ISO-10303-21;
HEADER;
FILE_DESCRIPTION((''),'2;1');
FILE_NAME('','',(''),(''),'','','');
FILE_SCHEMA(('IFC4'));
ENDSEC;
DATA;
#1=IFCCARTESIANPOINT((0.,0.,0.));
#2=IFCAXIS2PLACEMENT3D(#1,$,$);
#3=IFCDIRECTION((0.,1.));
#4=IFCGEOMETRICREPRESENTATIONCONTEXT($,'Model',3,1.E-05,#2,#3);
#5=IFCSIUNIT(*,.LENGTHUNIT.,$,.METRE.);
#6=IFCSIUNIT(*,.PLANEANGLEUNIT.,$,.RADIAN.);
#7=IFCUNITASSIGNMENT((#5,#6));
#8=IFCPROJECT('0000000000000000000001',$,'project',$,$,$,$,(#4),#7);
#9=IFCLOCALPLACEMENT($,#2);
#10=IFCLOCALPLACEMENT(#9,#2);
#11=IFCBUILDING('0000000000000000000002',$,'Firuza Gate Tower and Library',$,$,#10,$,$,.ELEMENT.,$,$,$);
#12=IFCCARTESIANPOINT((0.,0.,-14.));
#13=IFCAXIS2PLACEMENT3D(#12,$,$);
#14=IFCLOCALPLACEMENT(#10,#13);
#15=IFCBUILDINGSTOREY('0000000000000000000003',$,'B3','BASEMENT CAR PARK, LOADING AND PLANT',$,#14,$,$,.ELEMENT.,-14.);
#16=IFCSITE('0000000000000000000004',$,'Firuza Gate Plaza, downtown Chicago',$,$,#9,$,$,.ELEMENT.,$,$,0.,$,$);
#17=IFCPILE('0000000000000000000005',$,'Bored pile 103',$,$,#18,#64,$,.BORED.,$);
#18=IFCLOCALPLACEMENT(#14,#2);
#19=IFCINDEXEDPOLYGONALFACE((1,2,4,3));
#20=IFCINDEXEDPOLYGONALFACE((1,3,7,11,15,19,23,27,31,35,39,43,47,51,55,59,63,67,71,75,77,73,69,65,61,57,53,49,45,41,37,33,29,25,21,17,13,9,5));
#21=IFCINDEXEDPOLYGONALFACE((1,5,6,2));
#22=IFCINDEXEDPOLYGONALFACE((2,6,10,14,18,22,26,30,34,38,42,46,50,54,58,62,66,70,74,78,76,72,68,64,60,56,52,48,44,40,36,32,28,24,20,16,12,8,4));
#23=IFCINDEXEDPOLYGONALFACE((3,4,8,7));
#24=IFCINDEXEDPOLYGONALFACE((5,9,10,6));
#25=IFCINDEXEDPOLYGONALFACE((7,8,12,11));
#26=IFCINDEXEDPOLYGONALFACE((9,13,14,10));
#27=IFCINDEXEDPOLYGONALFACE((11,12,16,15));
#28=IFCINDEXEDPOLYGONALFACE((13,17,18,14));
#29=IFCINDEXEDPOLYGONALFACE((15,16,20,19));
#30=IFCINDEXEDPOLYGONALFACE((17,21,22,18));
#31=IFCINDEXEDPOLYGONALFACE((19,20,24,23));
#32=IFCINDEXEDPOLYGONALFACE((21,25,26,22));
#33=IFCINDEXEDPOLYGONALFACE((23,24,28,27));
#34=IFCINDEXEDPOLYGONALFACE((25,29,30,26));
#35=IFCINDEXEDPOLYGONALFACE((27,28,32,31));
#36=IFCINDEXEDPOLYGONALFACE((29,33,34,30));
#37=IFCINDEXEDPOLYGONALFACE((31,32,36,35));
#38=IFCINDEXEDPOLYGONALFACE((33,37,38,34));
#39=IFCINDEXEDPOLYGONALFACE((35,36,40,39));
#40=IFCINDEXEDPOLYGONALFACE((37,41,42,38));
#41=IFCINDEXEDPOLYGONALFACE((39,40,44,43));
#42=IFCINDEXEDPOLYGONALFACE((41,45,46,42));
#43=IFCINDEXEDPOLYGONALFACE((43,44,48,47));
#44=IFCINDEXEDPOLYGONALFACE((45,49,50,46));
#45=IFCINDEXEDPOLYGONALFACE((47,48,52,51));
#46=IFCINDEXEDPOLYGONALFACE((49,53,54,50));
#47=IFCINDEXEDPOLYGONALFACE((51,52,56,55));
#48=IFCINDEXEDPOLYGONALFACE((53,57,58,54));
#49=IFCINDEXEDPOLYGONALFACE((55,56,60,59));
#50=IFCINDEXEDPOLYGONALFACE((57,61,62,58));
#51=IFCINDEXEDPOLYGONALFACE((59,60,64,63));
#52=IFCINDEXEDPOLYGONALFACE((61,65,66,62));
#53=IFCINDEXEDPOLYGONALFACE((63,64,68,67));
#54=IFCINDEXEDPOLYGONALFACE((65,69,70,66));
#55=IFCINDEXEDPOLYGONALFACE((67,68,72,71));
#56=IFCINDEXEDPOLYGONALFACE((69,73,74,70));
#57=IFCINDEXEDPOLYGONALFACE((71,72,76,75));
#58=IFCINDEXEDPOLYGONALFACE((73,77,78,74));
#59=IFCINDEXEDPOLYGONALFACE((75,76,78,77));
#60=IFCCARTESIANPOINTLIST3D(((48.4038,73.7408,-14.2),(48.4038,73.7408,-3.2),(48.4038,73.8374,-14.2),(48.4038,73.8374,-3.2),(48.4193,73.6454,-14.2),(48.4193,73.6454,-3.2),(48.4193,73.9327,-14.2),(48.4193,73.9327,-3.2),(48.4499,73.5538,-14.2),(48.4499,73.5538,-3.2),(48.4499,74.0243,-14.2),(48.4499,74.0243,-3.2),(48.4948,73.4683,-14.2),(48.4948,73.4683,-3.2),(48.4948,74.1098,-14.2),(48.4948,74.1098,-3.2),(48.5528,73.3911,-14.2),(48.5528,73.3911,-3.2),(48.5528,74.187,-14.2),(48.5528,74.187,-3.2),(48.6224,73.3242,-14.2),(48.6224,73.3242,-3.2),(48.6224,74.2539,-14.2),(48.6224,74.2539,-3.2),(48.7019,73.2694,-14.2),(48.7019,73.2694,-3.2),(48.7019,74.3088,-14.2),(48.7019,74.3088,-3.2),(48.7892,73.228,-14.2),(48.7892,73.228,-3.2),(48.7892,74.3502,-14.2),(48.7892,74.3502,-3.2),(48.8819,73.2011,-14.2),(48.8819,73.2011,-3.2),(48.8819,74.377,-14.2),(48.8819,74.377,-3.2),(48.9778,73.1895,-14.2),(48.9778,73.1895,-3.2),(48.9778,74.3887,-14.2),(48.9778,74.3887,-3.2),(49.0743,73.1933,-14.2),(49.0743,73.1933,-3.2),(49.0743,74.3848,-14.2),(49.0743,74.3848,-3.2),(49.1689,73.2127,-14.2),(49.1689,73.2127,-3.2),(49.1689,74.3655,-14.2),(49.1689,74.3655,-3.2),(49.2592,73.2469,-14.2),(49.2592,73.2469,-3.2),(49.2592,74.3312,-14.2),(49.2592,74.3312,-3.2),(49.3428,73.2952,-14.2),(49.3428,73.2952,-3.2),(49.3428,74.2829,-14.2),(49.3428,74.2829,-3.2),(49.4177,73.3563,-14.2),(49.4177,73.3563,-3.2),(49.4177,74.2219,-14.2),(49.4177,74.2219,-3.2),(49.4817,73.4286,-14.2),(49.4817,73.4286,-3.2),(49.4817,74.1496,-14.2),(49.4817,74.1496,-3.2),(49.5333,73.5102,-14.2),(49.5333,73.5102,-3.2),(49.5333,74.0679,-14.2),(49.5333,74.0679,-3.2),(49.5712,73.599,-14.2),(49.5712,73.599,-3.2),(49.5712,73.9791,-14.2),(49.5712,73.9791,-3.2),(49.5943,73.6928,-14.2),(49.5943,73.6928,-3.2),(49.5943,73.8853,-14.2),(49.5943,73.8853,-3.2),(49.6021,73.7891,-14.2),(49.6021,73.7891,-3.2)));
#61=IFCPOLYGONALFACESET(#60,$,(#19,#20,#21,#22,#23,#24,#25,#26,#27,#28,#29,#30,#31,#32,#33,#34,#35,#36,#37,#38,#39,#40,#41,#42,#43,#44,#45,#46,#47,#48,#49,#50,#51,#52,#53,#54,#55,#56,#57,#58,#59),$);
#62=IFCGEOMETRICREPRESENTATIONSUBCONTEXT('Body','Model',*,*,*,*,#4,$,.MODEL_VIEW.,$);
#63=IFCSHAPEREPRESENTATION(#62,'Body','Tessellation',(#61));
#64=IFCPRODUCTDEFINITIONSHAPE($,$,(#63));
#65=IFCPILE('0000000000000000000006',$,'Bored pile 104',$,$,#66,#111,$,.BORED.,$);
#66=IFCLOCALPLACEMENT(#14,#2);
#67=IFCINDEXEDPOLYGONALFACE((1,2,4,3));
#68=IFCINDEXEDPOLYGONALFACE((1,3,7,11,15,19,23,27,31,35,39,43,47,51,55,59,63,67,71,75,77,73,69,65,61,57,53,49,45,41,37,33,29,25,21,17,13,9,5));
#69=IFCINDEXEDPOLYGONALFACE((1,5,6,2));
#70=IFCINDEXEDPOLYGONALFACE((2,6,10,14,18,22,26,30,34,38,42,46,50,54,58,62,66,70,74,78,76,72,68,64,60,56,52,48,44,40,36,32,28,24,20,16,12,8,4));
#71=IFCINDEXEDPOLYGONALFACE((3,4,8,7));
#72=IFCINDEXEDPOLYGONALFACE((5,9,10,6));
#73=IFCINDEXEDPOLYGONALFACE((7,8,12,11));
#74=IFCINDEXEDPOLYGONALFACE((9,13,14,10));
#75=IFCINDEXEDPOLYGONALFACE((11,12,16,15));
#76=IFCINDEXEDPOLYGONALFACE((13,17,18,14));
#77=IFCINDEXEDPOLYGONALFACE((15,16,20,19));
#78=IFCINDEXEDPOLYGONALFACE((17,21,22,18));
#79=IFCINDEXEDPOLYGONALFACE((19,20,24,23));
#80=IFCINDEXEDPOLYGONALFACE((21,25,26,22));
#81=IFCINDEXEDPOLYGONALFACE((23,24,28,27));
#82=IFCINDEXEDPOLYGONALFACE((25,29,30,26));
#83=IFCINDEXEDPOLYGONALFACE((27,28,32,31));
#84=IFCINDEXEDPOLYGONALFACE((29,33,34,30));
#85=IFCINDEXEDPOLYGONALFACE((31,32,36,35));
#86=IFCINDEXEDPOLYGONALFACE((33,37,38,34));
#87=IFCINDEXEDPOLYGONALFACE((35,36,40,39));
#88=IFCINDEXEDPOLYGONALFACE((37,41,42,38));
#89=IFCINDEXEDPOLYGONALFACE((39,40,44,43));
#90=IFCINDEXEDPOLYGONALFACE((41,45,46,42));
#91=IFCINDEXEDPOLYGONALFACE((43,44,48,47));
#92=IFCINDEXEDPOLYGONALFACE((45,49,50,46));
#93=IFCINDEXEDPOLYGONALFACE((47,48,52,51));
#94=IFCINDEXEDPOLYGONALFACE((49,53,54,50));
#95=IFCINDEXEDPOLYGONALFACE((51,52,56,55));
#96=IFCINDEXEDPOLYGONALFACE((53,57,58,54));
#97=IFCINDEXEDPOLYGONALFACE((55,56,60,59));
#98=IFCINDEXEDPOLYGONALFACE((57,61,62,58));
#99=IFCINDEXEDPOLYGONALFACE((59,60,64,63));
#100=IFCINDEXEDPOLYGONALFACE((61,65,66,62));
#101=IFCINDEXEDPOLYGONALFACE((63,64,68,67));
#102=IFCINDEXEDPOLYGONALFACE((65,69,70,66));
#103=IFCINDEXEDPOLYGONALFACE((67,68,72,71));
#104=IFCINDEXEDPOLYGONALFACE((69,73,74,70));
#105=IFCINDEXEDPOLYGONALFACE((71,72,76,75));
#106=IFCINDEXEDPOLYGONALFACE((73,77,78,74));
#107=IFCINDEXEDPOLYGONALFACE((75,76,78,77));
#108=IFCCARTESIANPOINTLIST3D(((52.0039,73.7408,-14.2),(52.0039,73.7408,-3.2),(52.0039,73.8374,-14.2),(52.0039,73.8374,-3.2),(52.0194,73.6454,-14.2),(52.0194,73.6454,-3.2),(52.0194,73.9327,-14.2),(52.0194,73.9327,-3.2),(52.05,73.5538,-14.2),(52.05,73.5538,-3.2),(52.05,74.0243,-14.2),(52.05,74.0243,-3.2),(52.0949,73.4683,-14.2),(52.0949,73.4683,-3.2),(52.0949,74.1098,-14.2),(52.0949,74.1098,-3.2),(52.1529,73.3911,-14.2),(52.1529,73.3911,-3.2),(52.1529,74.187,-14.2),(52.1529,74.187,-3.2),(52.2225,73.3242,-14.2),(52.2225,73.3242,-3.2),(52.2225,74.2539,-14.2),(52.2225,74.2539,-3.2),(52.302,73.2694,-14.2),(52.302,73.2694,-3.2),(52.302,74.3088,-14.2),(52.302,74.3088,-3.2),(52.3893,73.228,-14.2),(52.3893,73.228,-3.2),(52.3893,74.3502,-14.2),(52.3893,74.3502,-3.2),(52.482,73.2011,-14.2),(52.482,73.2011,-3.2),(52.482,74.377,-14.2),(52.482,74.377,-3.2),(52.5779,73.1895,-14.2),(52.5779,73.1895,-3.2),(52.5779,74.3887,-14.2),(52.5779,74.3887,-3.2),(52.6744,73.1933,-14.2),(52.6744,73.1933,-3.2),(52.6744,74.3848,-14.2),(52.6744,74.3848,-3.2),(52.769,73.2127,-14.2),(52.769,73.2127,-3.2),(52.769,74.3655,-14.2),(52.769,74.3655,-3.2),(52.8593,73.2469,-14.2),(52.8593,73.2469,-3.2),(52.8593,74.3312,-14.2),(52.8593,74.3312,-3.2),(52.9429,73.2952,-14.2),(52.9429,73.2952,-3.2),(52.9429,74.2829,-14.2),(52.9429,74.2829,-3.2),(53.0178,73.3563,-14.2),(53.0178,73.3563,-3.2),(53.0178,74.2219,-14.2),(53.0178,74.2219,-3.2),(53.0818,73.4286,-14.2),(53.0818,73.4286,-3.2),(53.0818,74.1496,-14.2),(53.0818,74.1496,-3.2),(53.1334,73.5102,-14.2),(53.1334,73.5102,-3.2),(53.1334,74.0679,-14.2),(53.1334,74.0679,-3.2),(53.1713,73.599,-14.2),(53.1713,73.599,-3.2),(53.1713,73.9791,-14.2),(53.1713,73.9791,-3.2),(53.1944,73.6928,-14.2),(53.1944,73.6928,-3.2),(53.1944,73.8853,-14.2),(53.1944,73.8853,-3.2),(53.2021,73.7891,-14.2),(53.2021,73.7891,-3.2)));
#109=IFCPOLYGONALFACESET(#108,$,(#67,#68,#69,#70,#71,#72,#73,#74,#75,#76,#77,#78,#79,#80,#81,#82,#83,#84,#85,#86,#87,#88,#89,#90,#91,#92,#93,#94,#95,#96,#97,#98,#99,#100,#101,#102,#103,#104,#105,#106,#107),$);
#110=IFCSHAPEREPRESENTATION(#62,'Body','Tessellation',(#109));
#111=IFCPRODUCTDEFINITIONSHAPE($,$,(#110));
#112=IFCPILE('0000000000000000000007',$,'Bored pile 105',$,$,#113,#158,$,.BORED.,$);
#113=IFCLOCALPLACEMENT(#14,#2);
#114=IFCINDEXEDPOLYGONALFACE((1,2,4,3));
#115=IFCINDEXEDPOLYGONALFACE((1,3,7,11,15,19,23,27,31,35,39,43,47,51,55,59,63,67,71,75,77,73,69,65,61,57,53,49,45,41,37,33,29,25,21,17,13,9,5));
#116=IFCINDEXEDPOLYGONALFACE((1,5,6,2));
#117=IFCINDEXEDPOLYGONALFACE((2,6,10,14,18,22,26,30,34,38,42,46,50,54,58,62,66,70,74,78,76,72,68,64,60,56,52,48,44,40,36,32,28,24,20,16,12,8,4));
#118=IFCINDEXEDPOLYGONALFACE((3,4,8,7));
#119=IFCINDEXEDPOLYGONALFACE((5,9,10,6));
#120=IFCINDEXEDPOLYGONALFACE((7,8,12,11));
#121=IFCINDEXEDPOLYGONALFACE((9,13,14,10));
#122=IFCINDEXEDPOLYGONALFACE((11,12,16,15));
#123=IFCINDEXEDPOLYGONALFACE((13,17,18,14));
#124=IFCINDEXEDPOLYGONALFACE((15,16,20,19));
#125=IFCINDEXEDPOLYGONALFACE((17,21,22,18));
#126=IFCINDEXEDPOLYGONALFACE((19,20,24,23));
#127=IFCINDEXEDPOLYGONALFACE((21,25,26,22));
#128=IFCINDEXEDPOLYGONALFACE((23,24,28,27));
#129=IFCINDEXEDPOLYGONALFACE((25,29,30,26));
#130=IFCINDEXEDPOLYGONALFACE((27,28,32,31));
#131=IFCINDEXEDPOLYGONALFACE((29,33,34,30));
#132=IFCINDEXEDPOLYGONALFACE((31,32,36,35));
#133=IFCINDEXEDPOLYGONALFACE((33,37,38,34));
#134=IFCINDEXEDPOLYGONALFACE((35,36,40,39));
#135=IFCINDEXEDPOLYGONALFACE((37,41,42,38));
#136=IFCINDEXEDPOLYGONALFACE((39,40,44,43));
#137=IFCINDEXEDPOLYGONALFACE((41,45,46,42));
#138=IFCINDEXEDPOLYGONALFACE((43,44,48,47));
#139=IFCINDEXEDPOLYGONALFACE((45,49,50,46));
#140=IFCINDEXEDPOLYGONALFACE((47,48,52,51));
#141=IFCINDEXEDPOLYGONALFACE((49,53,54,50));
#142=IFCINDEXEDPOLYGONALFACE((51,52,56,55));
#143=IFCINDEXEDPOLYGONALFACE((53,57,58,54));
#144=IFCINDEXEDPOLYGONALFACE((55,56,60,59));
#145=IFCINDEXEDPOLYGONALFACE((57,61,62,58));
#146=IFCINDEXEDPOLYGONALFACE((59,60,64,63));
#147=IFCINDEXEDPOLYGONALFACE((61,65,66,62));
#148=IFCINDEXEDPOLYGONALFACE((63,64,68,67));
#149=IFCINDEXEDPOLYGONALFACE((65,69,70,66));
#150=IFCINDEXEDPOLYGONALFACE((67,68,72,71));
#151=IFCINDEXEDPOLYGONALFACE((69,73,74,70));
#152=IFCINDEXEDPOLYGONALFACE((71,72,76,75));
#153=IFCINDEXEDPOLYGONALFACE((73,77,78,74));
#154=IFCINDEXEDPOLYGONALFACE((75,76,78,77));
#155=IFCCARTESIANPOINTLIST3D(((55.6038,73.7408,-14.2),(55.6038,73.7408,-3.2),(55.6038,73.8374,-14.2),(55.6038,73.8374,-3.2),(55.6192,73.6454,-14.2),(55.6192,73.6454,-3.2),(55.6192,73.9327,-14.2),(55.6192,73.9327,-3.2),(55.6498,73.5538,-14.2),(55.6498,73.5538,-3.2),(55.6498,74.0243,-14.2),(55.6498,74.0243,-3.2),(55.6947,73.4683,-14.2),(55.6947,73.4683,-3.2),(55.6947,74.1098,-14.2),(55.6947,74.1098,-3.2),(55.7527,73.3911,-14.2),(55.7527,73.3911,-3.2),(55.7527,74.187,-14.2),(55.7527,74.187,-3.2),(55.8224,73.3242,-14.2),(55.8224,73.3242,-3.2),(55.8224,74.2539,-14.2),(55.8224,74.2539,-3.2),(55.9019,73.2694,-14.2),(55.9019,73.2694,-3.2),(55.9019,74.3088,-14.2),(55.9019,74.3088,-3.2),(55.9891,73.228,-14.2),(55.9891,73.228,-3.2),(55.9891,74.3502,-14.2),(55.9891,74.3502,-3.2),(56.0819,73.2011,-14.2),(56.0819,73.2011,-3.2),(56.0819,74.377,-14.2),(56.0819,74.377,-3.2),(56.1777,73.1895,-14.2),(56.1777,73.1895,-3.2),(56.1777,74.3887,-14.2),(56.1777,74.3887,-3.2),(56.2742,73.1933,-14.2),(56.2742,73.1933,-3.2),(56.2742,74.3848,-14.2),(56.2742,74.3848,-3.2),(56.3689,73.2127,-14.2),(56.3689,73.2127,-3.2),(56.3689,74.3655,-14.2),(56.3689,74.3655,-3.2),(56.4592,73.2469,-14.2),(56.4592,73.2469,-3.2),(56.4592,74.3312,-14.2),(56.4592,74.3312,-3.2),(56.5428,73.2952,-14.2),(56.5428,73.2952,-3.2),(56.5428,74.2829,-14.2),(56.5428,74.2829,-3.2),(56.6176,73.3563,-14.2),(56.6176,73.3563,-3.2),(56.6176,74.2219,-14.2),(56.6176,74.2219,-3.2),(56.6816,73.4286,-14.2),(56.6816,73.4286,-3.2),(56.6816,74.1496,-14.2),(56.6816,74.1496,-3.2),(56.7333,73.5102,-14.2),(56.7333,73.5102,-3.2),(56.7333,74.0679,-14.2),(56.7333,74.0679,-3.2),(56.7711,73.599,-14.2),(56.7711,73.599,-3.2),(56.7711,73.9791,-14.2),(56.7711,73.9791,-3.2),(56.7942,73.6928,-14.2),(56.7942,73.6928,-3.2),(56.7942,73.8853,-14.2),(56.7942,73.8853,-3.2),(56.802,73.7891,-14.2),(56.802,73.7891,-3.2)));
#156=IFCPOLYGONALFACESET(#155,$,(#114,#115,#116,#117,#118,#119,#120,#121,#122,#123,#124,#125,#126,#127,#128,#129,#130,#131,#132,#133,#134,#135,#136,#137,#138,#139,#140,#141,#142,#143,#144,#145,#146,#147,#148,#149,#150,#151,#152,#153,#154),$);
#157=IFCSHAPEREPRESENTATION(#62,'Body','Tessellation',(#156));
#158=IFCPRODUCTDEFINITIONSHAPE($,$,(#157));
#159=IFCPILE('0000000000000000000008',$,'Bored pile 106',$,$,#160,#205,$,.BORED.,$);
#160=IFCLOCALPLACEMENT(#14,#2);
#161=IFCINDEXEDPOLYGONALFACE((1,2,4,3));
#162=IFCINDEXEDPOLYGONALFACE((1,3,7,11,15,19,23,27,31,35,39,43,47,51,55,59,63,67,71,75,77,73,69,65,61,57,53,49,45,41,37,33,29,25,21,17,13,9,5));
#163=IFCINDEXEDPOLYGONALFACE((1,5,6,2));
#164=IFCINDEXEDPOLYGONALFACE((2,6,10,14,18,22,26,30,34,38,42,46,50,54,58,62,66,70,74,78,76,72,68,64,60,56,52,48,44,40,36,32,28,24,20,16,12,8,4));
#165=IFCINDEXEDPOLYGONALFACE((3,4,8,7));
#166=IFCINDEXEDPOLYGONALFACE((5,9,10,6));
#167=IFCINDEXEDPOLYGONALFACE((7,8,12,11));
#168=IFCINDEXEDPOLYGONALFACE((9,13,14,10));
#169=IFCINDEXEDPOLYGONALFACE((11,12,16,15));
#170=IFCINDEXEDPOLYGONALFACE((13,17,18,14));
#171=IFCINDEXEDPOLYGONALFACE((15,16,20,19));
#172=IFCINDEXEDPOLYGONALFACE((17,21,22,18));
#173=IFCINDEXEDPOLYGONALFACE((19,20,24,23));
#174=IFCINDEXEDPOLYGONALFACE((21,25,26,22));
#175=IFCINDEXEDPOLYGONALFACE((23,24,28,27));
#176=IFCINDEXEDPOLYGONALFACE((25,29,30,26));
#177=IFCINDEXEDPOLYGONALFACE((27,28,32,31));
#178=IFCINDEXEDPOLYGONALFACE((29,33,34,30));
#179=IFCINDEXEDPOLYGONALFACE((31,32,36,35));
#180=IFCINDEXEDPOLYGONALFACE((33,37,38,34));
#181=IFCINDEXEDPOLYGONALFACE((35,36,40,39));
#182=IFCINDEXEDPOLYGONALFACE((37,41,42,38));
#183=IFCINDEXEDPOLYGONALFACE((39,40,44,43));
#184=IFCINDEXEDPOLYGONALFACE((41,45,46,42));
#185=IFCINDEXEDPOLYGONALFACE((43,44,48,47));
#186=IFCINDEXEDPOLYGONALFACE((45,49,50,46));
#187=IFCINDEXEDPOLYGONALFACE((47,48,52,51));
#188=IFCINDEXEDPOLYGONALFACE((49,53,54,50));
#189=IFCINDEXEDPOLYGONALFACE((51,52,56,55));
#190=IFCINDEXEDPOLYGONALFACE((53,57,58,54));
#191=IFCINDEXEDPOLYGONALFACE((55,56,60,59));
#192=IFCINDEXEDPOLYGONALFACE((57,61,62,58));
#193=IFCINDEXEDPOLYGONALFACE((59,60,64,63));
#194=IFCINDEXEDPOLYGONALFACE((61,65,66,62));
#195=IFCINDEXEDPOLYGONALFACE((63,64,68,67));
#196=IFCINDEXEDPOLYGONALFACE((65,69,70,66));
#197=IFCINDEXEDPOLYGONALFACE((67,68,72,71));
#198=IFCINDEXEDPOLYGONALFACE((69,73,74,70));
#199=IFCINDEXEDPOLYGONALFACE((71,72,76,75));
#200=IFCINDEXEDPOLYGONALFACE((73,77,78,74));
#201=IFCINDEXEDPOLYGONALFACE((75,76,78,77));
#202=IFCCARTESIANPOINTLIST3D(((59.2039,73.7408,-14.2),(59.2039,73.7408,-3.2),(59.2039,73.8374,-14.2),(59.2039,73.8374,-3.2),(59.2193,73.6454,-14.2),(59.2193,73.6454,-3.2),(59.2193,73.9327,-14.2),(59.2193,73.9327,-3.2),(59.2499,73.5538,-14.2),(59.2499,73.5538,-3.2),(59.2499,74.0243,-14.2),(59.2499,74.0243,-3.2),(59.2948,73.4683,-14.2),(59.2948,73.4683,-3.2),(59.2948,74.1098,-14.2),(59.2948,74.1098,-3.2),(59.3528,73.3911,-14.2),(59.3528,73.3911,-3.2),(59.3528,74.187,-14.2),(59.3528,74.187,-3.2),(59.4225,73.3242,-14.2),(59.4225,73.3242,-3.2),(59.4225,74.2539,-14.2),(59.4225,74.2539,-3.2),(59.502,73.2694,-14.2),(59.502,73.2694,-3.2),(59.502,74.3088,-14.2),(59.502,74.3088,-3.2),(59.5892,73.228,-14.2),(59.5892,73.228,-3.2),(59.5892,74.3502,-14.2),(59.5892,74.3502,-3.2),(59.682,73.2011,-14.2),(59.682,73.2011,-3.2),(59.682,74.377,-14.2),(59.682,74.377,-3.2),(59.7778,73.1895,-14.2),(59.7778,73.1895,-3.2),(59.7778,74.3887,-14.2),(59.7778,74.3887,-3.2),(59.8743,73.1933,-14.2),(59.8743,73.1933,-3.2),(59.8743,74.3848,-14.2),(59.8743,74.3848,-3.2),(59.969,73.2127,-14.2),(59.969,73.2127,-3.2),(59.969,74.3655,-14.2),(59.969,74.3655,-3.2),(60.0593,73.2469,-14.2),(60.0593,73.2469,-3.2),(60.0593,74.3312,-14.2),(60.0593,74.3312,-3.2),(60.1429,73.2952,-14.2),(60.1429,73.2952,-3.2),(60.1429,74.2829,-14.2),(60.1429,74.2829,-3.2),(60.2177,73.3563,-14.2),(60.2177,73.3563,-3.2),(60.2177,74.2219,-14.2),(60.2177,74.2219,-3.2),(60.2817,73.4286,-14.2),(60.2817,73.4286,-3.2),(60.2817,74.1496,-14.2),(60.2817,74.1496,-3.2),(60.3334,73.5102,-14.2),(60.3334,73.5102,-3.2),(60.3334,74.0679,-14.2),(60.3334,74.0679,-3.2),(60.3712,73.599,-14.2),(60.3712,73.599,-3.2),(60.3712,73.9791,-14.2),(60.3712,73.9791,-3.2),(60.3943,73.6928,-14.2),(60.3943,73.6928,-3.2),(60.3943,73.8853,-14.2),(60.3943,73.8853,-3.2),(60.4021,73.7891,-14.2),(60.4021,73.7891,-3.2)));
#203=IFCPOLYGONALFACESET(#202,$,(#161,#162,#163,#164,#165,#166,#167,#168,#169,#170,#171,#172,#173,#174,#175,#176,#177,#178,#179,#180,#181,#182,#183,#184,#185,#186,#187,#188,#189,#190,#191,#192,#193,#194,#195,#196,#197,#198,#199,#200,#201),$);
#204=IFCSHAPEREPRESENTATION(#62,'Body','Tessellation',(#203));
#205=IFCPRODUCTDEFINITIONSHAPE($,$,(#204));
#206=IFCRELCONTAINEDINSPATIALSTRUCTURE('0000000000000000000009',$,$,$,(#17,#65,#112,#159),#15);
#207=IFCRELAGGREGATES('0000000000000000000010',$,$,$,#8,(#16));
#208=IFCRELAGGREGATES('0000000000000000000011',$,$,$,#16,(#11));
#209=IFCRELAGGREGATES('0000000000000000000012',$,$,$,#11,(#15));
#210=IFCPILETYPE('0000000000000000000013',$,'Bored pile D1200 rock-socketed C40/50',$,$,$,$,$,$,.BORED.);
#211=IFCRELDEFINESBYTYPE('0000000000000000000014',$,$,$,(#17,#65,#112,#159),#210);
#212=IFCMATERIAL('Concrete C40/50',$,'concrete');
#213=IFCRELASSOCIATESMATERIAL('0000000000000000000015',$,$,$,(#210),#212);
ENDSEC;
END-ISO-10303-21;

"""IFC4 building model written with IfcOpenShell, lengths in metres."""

from ifc_helpers import new_model, si_unit, direction, frame, origin, origin_2d, place, context, subcontext, project, spatial, circle, extrude, material, material_profile, profile_set, type_object, element, save


model = new_model("IFC4")

# Units and contexts
model_context = context("Model", 3, precision=1e-05, world=origin(), true_north=direction((0.0, 1.0)))
body_context = subcontext(model_context, "Body", "Model", "MODEL_VIEW")
ifc_project = project(units=[si_unit("LENGTHUNIT", "METRE"), si_unit("PLANEANGLEUNIT", "RADIAN")], contexts=[model_context])

# Site, building, storey
site_placement = place(None, origin())
site = spatial("IfcSite", under=ifc_project, at=site_placement, Name="Firuza Gate Plaza, downtown Chicago", CompositionType="ELEMENT", RefElevation=0.0)
building_placement = place(site_placement, origin())
building = spatial("IfcBuilding", under=site, at=building_placement, Name="Firuza Gate Tower and Library", CompositionType="ELEMENT")
storey_placement = place(building_placement, frame((0.0, 0.0, -14.0)))
storey = spatial("IfcBuildingStorey", under=building, at=storey_placement, Name="B3", Description="BASEMENT CAR PARK, LOADING AND PLANT", CompositionType="ELEMENT", Elevation=-14.0)

# Piles
ifc_material_1 = material(Name="Concrete C40/50", Category="concrete")
ifc_material_profile_1 = material_profile(ifc_material_1, circle(Radius=0.6001, at=origin_2d()))
ifc_profile_set_1 = profile_set([ifc_material_profile_1], Name="Concrete C40/50")
pile_type = type_object("IfcPileType", Name="Bored pile D1200 rock-socketed C40/50", PredefinedType="BORED", material=ifc_profile_set_1)
for number, where, z_axis, x_axis, name in (
    (1, (49.002, 73.7891, -3.2), (0.0, 0.0, -1.0), (1.0, 0.0, 0.0), "Bored pile 103"),
    (2, (52.6021, 73.7891, -3.2), (0.0, 0.0, -1.0), (1.0, 0.0, 0.0), "Bored pile 104"),
    (3, (56.2019, 73.7891, -3.2), (0.0, 0.0, -1.0), (1.0, 0.0, 0.0), "Bored pile 105"),
    (4, (59.802, 73.7891, -3.2), (0.0, 0.0, -1.0), (1.0, 0.0, 0.0), "Bored pile 106"),
):
    element("IfcPile", number, at=place(storey_placement, frame(where, z_axis=z_axis, x_axis=x_axis)), inside=storey, type_object=pile_type, Name=name, PredefinedType="BORED", context=body_context, shape_type="SweptSolid", body=[
        extrude(circle(Radius=0.6001, at=origin_2d()), origin(), (0.0, 0.0, 1.0), 11.0),
    ])

save(model, "model.ifc")
